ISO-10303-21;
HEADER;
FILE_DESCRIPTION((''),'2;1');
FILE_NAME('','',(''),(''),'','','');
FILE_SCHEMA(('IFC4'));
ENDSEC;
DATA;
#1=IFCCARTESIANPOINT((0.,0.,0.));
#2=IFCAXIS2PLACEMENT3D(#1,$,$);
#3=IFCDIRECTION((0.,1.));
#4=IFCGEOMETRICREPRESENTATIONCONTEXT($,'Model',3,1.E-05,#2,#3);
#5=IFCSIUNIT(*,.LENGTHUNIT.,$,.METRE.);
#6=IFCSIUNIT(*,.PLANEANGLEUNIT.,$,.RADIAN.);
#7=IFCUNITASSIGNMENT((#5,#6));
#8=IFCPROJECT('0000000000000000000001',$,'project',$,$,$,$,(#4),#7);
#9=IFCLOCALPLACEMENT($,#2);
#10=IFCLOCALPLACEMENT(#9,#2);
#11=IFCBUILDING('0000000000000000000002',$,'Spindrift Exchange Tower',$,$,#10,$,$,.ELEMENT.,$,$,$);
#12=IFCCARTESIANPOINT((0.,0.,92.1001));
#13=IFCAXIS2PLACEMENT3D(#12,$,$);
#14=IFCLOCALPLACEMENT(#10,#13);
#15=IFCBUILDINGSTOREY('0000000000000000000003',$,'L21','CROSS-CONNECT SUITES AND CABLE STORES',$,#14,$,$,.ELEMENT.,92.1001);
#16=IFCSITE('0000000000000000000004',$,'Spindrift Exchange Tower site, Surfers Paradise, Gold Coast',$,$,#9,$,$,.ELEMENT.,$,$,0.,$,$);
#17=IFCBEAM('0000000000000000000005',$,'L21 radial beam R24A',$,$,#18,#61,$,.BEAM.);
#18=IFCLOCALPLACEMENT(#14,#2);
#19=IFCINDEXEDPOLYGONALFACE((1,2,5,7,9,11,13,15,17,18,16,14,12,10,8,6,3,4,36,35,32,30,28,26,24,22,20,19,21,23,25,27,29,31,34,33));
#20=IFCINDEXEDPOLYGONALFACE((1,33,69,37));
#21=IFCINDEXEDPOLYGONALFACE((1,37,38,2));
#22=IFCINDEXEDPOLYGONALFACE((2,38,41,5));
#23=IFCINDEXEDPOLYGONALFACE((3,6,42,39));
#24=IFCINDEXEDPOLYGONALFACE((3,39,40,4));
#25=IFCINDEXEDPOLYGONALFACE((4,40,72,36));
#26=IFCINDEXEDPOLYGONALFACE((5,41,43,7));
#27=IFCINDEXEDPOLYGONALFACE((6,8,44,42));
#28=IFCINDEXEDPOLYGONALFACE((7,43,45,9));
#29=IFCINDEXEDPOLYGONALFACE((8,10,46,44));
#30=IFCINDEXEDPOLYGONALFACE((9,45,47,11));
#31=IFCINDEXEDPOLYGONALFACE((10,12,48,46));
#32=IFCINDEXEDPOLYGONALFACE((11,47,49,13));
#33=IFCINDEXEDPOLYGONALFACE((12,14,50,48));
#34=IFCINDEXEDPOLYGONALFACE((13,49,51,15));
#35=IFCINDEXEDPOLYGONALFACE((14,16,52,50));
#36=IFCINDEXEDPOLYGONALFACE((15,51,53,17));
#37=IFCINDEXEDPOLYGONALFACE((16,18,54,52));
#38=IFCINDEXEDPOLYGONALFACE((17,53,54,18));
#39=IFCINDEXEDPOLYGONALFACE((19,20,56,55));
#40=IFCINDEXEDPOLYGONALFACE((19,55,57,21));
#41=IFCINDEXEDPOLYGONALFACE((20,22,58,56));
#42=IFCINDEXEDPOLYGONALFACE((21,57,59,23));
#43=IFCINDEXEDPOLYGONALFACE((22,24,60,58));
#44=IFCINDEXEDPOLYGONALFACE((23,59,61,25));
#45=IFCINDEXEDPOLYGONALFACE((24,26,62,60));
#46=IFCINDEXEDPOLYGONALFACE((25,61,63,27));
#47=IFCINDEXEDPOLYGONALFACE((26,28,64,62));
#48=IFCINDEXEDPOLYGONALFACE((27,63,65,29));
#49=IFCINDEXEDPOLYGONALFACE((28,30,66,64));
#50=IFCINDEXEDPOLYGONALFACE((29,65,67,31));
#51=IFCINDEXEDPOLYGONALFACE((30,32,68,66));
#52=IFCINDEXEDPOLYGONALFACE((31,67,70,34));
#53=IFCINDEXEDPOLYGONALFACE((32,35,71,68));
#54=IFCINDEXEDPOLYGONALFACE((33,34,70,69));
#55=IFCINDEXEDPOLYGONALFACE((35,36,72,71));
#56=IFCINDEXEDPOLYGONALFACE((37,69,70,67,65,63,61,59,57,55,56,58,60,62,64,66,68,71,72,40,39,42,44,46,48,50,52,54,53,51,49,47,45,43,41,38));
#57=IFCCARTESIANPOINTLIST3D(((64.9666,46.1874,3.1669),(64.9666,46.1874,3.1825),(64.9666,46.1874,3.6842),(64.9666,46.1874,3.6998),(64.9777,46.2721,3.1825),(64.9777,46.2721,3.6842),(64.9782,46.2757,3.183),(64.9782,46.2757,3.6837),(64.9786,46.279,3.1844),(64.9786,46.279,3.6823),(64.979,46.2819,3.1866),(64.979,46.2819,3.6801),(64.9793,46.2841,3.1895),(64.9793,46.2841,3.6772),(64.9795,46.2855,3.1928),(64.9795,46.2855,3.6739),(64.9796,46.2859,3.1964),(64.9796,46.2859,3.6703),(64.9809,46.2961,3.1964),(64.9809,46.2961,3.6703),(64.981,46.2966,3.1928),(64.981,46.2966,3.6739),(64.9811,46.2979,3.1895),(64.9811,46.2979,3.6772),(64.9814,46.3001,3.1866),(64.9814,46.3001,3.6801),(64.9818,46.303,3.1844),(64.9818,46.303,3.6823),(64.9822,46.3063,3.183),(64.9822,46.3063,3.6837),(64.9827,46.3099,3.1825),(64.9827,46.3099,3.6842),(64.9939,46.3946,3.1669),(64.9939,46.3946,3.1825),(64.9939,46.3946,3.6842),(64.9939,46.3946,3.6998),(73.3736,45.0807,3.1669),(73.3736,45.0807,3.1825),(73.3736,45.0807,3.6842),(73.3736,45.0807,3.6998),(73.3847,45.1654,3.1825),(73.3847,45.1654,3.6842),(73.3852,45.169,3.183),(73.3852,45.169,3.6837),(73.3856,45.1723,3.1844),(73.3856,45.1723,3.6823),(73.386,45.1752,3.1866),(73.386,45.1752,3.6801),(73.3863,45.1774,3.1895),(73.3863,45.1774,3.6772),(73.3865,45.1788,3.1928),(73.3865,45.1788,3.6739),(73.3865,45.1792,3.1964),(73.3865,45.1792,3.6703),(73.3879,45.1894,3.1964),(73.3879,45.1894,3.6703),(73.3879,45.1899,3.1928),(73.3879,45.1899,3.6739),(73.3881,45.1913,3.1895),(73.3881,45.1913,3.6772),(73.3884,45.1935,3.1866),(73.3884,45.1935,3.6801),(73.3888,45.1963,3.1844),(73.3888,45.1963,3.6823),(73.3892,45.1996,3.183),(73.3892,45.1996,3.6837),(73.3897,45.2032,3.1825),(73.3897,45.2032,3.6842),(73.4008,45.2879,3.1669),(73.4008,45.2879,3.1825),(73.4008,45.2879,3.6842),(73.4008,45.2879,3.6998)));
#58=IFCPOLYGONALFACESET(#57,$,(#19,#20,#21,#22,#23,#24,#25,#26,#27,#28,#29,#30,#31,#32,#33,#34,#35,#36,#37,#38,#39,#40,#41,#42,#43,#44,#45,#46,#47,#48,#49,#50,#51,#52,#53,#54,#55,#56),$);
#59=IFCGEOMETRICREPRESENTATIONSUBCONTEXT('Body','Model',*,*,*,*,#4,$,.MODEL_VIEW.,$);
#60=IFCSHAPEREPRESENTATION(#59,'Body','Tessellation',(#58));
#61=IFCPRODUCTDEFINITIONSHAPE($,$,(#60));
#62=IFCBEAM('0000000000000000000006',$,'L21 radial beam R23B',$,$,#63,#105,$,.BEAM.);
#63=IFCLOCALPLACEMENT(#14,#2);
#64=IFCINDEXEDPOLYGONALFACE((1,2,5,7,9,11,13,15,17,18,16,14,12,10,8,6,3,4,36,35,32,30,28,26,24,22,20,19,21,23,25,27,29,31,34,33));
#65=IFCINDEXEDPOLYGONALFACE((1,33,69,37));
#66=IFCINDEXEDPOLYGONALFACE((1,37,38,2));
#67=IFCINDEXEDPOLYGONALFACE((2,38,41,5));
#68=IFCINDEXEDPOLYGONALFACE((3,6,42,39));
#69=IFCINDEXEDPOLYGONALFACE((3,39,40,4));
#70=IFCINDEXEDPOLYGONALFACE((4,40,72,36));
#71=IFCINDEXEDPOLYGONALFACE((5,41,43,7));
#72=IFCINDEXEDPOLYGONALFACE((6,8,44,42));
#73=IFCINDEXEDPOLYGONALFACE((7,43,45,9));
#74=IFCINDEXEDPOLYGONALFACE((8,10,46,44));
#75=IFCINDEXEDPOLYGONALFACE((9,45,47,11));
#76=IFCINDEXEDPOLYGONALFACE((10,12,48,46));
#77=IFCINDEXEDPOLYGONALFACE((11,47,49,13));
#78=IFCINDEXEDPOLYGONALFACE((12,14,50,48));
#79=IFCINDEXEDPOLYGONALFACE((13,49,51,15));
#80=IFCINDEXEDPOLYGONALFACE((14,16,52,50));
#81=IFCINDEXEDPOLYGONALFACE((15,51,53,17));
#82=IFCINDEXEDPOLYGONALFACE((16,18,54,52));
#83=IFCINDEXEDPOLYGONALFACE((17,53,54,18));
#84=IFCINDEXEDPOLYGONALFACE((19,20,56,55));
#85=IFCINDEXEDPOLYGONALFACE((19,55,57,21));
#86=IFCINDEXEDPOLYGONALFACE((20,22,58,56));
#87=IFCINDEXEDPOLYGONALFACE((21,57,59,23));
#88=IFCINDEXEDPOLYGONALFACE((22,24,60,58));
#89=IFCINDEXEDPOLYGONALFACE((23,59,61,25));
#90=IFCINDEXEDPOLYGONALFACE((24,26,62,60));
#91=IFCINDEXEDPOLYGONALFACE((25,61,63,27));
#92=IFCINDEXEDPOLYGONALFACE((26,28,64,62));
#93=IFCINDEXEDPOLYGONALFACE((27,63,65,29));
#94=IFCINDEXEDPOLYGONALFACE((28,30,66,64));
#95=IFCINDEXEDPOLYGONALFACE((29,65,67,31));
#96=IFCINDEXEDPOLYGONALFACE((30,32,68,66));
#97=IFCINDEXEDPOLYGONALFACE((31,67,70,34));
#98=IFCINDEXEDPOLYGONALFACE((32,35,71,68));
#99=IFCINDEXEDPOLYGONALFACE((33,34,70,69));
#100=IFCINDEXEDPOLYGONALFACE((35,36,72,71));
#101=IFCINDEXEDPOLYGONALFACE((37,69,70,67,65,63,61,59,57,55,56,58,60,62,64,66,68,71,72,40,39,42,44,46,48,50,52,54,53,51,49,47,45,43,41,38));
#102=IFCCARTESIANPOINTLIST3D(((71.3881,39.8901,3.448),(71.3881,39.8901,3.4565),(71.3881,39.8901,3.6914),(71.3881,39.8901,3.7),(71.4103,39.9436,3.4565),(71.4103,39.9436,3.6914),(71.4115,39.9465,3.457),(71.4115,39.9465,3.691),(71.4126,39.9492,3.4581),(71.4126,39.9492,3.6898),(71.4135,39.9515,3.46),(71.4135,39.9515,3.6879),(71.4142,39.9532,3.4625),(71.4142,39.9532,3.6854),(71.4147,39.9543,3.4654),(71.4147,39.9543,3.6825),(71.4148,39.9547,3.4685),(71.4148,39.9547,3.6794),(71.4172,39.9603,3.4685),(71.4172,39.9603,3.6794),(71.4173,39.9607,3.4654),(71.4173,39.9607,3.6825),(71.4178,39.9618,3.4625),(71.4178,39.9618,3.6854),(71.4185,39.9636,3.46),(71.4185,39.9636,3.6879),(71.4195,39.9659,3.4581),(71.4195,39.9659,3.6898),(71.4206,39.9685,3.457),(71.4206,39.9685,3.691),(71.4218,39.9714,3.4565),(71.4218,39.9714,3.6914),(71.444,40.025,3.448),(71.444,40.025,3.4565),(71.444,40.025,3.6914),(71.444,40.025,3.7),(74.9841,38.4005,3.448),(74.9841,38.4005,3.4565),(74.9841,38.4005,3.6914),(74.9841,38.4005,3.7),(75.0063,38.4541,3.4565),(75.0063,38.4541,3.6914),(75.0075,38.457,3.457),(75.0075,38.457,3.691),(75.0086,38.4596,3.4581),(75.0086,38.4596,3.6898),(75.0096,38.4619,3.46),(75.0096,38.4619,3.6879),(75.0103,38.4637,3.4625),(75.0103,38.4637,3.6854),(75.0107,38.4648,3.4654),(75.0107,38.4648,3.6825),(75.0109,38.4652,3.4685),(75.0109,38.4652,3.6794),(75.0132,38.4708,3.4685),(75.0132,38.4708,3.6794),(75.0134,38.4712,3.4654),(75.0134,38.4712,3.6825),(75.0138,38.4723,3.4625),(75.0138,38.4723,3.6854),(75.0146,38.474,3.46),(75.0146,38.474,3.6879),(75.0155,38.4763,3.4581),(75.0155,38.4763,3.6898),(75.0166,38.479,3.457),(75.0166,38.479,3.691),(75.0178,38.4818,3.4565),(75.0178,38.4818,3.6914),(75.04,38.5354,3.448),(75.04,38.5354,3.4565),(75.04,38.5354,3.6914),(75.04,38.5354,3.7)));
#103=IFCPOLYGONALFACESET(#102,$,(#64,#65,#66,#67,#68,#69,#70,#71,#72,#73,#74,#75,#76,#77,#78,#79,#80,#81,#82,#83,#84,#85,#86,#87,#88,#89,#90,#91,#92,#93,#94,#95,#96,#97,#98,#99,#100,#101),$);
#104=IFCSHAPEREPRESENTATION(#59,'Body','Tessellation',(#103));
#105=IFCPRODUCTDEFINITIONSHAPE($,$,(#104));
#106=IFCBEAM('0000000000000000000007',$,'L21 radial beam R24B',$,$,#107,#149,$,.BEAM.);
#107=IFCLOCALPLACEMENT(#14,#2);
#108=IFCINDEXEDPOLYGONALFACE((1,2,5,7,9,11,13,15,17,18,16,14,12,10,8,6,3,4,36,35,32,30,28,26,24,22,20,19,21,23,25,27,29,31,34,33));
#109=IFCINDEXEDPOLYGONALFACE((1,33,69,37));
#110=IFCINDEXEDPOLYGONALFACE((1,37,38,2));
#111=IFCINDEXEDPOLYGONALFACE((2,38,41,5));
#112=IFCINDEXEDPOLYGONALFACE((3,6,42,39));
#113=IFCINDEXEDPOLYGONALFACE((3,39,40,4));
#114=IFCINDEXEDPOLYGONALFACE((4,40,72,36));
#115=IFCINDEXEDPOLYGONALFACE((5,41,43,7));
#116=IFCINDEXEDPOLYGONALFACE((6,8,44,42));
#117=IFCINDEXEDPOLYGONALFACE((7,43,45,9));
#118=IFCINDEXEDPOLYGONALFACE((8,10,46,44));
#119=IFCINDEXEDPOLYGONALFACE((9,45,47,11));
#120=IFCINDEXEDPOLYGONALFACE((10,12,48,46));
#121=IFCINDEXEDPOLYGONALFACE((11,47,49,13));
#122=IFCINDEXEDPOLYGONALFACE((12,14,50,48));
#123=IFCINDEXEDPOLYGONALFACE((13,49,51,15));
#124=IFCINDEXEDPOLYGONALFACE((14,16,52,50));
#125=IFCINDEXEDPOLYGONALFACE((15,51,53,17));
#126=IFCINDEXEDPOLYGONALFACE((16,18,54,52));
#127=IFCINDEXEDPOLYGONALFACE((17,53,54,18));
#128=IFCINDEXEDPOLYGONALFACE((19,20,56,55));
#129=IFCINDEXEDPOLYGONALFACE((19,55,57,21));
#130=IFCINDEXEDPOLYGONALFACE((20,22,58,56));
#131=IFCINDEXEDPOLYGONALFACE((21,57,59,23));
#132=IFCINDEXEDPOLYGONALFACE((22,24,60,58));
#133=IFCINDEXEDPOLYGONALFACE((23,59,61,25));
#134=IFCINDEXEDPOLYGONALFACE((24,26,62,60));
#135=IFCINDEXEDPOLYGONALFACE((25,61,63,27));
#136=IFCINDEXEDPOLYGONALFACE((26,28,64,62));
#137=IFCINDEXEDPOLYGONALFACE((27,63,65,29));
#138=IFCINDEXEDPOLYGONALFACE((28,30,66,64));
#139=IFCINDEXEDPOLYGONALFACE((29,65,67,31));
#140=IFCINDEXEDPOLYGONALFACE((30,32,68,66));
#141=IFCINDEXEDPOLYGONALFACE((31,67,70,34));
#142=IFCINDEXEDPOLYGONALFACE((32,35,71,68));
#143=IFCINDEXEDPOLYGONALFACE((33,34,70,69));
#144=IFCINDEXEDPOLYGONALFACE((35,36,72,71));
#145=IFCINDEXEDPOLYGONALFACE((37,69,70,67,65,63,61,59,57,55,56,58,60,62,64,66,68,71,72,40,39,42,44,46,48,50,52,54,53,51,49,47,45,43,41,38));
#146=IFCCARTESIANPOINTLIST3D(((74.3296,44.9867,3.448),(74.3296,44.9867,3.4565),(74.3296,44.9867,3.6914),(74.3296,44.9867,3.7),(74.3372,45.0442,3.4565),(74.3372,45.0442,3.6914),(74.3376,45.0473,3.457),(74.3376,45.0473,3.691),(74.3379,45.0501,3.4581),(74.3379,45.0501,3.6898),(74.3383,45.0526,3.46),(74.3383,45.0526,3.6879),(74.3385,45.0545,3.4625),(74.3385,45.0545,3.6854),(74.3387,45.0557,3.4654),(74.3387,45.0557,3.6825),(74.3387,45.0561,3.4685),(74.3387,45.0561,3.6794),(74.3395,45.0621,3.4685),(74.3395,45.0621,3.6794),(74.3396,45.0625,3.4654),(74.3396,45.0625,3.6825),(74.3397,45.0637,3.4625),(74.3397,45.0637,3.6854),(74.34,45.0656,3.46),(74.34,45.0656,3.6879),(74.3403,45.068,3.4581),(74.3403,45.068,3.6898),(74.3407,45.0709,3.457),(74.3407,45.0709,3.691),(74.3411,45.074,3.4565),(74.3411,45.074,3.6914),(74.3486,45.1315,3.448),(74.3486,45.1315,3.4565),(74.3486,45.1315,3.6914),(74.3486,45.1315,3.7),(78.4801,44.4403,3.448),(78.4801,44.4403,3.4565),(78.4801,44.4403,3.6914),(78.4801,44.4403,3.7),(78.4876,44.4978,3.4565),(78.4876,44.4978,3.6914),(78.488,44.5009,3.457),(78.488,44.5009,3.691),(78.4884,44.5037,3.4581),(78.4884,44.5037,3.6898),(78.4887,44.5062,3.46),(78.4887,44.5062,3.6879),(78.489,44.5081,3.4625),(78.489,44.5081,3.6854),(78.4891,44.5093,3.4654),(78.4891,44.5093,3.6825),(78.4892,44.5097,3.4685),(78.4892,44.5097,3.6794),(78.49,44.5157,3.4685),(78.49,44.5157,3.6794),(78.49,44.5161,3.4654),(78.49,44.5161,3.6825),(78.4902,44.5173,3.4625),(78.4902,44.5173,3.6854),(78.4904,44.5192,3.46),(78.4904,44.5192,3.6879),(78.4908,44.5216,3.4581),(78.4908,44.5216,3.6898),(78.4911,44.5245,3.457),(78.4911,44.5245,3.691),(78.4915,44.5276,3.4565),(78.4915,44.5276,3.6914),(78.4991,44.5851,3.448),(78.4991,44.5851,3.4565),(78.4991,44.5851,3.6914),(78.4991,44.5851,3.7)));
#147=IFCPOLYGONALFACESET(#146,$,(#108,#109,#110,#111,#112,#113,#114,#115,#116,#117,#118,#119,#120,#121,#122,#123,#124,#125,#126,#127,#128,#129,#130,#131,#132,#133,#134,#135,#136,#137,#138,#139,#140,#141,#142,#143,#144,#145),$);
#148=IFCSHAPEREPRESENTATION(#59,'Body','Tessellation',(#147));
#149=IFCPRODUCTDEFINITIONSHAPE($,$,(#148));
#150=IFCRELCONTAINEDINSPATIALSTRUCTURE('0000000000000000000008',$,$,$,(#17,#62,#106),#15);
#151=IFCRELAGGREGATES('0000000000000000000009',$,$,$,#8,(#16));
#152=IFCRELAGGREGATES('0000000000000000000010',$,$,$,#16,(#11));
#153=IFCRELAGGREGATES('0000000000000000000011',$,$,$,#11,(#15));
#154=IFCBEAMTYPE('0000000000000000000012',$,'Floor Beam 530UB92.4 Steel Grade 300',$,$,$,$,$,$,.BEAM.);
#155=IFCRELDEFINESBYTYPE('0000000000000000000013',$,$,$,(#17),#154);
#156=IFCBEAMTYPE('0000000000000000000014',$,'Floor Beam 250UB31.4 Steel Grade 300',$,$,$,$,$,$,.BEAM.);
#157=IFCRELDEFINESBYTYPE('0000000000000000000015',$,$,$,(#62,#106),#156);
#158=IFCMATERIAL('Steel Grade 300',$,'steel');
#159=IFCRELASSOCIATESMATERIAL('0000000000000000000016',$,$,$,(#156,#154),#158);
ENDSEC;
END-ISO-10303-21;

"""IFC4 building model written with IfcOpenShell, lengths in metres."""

from ifc_helpers import new_model, si_unit, direction, frame, origin, origin_2d, place, context, subcontext, project, spatial, i_section, extrude, source, transform, mapped, material, material_profile, profile_set, type_object, element, save


model = new_model("IFC4")

# Units and contexts
model_context = context("Model", 3, precision=1e-05, world=origin(), true_north=direction((0.0, 1.0)))
body_context = subcontext(model_context, "Body", "Model", "MODEL_VIEW")
ifc_project = project(units=[si_unit("LENGTHUNIT", "METRE"), si_unit("PLANEANGLEUNIT", "RADIAN")], contexts=[model_context])

# Site, building, storey
site_placement = place(None, origin())
site = spatial("IfcSite", under=ifc_project, at=site_placement, Name="Spindrift Exchange Tower site, Surfers Paradise, Gold Coast", CompositionType="ELEMENT", RefElevation=0.0)
building_placement = place(site_placement, origin())
building = spatial("IfcBuilding", under=site, at=building_placement, Name="Spindrift Exchange Tower", CompositionType="ELEMENT")
storey_placement = place(building_placement, frame((0.0, 0.0, 92.1001)))
storey = spatial("IfcBuildingStorey", under=building, at=storey_placement, Name="L21", Description="CROSS-CONNECT SUITES AND CABLE STORES", CompositionType="ELEMENT", Elevation=92.1001)

# Beams
ifc_material_1 = material(Name="Steel Grade 300", Category="steel")
ifc_material_profile_1 = material_profile(ifc_material_1, i_section(OverallWidth=0.146, OverallDepth=0.252, WebThickness=0.0061, FlangeThickness=0.0085, FilletRadius=0.012, at=origin_2d()), Name="250UB31.4")
ifc_profile_set_1 = profile_set([ifc_material_profile_1], Name="Steel Grade 300")
beam_type_1 = type_object("IfcBeamType", Name="Floor Beam 250UB31.4 Steel Grade 300", PredefinedType="BEAM", material=ifc_profile_set_1)
ifc_material_profile_2 = material_profile(ifc_material_1, i_section(OverallWidth=0.209, OverallDepth=0.533, WebThickness=0.0103, FlangeThickness=0.0156, FilletRadius=0.0139, at=origin_2d()), Name="530UB92.4")
ifc_profile_set_2 = profile_set([ifc_material_profile_2], Name="Steel Grade 300")
beam_type_2 = type_object("IfcBeamType", Name="Floor Beam 530UB92.4 Steel Grade 300", PredefinedType="BEAM", material=ifc_profile_set_2)
shared_shape_1 = source(origin(), body_context, "Body", "SweptSolid", [
    extrude(i_section(OverallWidth=0.209, OverallDepth=0.533, WebThickness=0.0103, FlangeThickness=0.0156, FilletRadius=0.0139, at=origin_2d()), origin(), (0.0, 0.0, 1.0), 8.4795),
])
beam_1_placement = place(storey_placement, frame((64.9802, 46.291, 3.4333), z_axis=(0.991447, -0.130513, 0.0), x_axis=(0.130513, 0.991447, 0.0)))
element("IfcBeam", 1, at=beam_1_placement, inside=storey, type_object=beam_type_2, Name="L21 radial beam R24A", PredefinedType="BEAM", context=body_context, shape_type="MappedRepresentation", body=[
    mapped(shared_shape_1, transform((0.0, 0.0, 0.0), scale=1.0)),
])
shared_shape_2 = source(origin(), body_context, "Body", "SweptSolid", [
    extrude(i_section(OverallWidth=0.146, OverallDepth=0.252, WebThickness=0.0061, FlangeThickness=0.0085, FilletRadius=0.012, at=origin_2d()), origin(), (0.0, 0.0, 1.0), 3.8923),
])
beam_2_placement = place(storey_placement, frame((71.416, 39.9575, 3.574), z_axis=(0.923878, -0.382686, 0.0), x_axis=(0.382686, 0.923878, 0.0)))
element("IfcBeam", 2, at=beam_2_placement, inside=storey, type_object=beam_type_1, Name="L21 radial beam R23B", PredefinedType="BEAM", context=body_context, shape_type="MappedRepresentation", body=[
    mapped(shared_shape_2, transform((0.0, 0.0, 0.0), scale=1.0)),
])
shared_shape_3 = source(origin(), body_context, "Body", "SweptSolid", [
    extrude(i_section(OverallWidth=0.146, OverallDepth=0.252, WebThickness=0.0061, FlangeThickness=0.0085, FilletRadius=0.012, at=origin_2d()), origin(), (0.0, 0.0, 1.0), 4.1863),
])
beam_3_placement = place(storey_placement, frame((74.3391, 45.0591, 3.574), z_axis=(0.991446, -0.130521, 0.0), x_axis=(0.130521, 0.991446, 0.0)))
element("IfcBeam", 3, at=beam_3_placement, inside=storey, type_object=beam_type_1, Name="L21 radial beam R24B", PredefinedType="BEAM", context=body_context, shape_type="MappedRepresentation", body=[
    mapped(shared_shape_3, transform((0.0, 0.0, 0.0), scale=1.0)),
])

save(model, "model.ifc")
